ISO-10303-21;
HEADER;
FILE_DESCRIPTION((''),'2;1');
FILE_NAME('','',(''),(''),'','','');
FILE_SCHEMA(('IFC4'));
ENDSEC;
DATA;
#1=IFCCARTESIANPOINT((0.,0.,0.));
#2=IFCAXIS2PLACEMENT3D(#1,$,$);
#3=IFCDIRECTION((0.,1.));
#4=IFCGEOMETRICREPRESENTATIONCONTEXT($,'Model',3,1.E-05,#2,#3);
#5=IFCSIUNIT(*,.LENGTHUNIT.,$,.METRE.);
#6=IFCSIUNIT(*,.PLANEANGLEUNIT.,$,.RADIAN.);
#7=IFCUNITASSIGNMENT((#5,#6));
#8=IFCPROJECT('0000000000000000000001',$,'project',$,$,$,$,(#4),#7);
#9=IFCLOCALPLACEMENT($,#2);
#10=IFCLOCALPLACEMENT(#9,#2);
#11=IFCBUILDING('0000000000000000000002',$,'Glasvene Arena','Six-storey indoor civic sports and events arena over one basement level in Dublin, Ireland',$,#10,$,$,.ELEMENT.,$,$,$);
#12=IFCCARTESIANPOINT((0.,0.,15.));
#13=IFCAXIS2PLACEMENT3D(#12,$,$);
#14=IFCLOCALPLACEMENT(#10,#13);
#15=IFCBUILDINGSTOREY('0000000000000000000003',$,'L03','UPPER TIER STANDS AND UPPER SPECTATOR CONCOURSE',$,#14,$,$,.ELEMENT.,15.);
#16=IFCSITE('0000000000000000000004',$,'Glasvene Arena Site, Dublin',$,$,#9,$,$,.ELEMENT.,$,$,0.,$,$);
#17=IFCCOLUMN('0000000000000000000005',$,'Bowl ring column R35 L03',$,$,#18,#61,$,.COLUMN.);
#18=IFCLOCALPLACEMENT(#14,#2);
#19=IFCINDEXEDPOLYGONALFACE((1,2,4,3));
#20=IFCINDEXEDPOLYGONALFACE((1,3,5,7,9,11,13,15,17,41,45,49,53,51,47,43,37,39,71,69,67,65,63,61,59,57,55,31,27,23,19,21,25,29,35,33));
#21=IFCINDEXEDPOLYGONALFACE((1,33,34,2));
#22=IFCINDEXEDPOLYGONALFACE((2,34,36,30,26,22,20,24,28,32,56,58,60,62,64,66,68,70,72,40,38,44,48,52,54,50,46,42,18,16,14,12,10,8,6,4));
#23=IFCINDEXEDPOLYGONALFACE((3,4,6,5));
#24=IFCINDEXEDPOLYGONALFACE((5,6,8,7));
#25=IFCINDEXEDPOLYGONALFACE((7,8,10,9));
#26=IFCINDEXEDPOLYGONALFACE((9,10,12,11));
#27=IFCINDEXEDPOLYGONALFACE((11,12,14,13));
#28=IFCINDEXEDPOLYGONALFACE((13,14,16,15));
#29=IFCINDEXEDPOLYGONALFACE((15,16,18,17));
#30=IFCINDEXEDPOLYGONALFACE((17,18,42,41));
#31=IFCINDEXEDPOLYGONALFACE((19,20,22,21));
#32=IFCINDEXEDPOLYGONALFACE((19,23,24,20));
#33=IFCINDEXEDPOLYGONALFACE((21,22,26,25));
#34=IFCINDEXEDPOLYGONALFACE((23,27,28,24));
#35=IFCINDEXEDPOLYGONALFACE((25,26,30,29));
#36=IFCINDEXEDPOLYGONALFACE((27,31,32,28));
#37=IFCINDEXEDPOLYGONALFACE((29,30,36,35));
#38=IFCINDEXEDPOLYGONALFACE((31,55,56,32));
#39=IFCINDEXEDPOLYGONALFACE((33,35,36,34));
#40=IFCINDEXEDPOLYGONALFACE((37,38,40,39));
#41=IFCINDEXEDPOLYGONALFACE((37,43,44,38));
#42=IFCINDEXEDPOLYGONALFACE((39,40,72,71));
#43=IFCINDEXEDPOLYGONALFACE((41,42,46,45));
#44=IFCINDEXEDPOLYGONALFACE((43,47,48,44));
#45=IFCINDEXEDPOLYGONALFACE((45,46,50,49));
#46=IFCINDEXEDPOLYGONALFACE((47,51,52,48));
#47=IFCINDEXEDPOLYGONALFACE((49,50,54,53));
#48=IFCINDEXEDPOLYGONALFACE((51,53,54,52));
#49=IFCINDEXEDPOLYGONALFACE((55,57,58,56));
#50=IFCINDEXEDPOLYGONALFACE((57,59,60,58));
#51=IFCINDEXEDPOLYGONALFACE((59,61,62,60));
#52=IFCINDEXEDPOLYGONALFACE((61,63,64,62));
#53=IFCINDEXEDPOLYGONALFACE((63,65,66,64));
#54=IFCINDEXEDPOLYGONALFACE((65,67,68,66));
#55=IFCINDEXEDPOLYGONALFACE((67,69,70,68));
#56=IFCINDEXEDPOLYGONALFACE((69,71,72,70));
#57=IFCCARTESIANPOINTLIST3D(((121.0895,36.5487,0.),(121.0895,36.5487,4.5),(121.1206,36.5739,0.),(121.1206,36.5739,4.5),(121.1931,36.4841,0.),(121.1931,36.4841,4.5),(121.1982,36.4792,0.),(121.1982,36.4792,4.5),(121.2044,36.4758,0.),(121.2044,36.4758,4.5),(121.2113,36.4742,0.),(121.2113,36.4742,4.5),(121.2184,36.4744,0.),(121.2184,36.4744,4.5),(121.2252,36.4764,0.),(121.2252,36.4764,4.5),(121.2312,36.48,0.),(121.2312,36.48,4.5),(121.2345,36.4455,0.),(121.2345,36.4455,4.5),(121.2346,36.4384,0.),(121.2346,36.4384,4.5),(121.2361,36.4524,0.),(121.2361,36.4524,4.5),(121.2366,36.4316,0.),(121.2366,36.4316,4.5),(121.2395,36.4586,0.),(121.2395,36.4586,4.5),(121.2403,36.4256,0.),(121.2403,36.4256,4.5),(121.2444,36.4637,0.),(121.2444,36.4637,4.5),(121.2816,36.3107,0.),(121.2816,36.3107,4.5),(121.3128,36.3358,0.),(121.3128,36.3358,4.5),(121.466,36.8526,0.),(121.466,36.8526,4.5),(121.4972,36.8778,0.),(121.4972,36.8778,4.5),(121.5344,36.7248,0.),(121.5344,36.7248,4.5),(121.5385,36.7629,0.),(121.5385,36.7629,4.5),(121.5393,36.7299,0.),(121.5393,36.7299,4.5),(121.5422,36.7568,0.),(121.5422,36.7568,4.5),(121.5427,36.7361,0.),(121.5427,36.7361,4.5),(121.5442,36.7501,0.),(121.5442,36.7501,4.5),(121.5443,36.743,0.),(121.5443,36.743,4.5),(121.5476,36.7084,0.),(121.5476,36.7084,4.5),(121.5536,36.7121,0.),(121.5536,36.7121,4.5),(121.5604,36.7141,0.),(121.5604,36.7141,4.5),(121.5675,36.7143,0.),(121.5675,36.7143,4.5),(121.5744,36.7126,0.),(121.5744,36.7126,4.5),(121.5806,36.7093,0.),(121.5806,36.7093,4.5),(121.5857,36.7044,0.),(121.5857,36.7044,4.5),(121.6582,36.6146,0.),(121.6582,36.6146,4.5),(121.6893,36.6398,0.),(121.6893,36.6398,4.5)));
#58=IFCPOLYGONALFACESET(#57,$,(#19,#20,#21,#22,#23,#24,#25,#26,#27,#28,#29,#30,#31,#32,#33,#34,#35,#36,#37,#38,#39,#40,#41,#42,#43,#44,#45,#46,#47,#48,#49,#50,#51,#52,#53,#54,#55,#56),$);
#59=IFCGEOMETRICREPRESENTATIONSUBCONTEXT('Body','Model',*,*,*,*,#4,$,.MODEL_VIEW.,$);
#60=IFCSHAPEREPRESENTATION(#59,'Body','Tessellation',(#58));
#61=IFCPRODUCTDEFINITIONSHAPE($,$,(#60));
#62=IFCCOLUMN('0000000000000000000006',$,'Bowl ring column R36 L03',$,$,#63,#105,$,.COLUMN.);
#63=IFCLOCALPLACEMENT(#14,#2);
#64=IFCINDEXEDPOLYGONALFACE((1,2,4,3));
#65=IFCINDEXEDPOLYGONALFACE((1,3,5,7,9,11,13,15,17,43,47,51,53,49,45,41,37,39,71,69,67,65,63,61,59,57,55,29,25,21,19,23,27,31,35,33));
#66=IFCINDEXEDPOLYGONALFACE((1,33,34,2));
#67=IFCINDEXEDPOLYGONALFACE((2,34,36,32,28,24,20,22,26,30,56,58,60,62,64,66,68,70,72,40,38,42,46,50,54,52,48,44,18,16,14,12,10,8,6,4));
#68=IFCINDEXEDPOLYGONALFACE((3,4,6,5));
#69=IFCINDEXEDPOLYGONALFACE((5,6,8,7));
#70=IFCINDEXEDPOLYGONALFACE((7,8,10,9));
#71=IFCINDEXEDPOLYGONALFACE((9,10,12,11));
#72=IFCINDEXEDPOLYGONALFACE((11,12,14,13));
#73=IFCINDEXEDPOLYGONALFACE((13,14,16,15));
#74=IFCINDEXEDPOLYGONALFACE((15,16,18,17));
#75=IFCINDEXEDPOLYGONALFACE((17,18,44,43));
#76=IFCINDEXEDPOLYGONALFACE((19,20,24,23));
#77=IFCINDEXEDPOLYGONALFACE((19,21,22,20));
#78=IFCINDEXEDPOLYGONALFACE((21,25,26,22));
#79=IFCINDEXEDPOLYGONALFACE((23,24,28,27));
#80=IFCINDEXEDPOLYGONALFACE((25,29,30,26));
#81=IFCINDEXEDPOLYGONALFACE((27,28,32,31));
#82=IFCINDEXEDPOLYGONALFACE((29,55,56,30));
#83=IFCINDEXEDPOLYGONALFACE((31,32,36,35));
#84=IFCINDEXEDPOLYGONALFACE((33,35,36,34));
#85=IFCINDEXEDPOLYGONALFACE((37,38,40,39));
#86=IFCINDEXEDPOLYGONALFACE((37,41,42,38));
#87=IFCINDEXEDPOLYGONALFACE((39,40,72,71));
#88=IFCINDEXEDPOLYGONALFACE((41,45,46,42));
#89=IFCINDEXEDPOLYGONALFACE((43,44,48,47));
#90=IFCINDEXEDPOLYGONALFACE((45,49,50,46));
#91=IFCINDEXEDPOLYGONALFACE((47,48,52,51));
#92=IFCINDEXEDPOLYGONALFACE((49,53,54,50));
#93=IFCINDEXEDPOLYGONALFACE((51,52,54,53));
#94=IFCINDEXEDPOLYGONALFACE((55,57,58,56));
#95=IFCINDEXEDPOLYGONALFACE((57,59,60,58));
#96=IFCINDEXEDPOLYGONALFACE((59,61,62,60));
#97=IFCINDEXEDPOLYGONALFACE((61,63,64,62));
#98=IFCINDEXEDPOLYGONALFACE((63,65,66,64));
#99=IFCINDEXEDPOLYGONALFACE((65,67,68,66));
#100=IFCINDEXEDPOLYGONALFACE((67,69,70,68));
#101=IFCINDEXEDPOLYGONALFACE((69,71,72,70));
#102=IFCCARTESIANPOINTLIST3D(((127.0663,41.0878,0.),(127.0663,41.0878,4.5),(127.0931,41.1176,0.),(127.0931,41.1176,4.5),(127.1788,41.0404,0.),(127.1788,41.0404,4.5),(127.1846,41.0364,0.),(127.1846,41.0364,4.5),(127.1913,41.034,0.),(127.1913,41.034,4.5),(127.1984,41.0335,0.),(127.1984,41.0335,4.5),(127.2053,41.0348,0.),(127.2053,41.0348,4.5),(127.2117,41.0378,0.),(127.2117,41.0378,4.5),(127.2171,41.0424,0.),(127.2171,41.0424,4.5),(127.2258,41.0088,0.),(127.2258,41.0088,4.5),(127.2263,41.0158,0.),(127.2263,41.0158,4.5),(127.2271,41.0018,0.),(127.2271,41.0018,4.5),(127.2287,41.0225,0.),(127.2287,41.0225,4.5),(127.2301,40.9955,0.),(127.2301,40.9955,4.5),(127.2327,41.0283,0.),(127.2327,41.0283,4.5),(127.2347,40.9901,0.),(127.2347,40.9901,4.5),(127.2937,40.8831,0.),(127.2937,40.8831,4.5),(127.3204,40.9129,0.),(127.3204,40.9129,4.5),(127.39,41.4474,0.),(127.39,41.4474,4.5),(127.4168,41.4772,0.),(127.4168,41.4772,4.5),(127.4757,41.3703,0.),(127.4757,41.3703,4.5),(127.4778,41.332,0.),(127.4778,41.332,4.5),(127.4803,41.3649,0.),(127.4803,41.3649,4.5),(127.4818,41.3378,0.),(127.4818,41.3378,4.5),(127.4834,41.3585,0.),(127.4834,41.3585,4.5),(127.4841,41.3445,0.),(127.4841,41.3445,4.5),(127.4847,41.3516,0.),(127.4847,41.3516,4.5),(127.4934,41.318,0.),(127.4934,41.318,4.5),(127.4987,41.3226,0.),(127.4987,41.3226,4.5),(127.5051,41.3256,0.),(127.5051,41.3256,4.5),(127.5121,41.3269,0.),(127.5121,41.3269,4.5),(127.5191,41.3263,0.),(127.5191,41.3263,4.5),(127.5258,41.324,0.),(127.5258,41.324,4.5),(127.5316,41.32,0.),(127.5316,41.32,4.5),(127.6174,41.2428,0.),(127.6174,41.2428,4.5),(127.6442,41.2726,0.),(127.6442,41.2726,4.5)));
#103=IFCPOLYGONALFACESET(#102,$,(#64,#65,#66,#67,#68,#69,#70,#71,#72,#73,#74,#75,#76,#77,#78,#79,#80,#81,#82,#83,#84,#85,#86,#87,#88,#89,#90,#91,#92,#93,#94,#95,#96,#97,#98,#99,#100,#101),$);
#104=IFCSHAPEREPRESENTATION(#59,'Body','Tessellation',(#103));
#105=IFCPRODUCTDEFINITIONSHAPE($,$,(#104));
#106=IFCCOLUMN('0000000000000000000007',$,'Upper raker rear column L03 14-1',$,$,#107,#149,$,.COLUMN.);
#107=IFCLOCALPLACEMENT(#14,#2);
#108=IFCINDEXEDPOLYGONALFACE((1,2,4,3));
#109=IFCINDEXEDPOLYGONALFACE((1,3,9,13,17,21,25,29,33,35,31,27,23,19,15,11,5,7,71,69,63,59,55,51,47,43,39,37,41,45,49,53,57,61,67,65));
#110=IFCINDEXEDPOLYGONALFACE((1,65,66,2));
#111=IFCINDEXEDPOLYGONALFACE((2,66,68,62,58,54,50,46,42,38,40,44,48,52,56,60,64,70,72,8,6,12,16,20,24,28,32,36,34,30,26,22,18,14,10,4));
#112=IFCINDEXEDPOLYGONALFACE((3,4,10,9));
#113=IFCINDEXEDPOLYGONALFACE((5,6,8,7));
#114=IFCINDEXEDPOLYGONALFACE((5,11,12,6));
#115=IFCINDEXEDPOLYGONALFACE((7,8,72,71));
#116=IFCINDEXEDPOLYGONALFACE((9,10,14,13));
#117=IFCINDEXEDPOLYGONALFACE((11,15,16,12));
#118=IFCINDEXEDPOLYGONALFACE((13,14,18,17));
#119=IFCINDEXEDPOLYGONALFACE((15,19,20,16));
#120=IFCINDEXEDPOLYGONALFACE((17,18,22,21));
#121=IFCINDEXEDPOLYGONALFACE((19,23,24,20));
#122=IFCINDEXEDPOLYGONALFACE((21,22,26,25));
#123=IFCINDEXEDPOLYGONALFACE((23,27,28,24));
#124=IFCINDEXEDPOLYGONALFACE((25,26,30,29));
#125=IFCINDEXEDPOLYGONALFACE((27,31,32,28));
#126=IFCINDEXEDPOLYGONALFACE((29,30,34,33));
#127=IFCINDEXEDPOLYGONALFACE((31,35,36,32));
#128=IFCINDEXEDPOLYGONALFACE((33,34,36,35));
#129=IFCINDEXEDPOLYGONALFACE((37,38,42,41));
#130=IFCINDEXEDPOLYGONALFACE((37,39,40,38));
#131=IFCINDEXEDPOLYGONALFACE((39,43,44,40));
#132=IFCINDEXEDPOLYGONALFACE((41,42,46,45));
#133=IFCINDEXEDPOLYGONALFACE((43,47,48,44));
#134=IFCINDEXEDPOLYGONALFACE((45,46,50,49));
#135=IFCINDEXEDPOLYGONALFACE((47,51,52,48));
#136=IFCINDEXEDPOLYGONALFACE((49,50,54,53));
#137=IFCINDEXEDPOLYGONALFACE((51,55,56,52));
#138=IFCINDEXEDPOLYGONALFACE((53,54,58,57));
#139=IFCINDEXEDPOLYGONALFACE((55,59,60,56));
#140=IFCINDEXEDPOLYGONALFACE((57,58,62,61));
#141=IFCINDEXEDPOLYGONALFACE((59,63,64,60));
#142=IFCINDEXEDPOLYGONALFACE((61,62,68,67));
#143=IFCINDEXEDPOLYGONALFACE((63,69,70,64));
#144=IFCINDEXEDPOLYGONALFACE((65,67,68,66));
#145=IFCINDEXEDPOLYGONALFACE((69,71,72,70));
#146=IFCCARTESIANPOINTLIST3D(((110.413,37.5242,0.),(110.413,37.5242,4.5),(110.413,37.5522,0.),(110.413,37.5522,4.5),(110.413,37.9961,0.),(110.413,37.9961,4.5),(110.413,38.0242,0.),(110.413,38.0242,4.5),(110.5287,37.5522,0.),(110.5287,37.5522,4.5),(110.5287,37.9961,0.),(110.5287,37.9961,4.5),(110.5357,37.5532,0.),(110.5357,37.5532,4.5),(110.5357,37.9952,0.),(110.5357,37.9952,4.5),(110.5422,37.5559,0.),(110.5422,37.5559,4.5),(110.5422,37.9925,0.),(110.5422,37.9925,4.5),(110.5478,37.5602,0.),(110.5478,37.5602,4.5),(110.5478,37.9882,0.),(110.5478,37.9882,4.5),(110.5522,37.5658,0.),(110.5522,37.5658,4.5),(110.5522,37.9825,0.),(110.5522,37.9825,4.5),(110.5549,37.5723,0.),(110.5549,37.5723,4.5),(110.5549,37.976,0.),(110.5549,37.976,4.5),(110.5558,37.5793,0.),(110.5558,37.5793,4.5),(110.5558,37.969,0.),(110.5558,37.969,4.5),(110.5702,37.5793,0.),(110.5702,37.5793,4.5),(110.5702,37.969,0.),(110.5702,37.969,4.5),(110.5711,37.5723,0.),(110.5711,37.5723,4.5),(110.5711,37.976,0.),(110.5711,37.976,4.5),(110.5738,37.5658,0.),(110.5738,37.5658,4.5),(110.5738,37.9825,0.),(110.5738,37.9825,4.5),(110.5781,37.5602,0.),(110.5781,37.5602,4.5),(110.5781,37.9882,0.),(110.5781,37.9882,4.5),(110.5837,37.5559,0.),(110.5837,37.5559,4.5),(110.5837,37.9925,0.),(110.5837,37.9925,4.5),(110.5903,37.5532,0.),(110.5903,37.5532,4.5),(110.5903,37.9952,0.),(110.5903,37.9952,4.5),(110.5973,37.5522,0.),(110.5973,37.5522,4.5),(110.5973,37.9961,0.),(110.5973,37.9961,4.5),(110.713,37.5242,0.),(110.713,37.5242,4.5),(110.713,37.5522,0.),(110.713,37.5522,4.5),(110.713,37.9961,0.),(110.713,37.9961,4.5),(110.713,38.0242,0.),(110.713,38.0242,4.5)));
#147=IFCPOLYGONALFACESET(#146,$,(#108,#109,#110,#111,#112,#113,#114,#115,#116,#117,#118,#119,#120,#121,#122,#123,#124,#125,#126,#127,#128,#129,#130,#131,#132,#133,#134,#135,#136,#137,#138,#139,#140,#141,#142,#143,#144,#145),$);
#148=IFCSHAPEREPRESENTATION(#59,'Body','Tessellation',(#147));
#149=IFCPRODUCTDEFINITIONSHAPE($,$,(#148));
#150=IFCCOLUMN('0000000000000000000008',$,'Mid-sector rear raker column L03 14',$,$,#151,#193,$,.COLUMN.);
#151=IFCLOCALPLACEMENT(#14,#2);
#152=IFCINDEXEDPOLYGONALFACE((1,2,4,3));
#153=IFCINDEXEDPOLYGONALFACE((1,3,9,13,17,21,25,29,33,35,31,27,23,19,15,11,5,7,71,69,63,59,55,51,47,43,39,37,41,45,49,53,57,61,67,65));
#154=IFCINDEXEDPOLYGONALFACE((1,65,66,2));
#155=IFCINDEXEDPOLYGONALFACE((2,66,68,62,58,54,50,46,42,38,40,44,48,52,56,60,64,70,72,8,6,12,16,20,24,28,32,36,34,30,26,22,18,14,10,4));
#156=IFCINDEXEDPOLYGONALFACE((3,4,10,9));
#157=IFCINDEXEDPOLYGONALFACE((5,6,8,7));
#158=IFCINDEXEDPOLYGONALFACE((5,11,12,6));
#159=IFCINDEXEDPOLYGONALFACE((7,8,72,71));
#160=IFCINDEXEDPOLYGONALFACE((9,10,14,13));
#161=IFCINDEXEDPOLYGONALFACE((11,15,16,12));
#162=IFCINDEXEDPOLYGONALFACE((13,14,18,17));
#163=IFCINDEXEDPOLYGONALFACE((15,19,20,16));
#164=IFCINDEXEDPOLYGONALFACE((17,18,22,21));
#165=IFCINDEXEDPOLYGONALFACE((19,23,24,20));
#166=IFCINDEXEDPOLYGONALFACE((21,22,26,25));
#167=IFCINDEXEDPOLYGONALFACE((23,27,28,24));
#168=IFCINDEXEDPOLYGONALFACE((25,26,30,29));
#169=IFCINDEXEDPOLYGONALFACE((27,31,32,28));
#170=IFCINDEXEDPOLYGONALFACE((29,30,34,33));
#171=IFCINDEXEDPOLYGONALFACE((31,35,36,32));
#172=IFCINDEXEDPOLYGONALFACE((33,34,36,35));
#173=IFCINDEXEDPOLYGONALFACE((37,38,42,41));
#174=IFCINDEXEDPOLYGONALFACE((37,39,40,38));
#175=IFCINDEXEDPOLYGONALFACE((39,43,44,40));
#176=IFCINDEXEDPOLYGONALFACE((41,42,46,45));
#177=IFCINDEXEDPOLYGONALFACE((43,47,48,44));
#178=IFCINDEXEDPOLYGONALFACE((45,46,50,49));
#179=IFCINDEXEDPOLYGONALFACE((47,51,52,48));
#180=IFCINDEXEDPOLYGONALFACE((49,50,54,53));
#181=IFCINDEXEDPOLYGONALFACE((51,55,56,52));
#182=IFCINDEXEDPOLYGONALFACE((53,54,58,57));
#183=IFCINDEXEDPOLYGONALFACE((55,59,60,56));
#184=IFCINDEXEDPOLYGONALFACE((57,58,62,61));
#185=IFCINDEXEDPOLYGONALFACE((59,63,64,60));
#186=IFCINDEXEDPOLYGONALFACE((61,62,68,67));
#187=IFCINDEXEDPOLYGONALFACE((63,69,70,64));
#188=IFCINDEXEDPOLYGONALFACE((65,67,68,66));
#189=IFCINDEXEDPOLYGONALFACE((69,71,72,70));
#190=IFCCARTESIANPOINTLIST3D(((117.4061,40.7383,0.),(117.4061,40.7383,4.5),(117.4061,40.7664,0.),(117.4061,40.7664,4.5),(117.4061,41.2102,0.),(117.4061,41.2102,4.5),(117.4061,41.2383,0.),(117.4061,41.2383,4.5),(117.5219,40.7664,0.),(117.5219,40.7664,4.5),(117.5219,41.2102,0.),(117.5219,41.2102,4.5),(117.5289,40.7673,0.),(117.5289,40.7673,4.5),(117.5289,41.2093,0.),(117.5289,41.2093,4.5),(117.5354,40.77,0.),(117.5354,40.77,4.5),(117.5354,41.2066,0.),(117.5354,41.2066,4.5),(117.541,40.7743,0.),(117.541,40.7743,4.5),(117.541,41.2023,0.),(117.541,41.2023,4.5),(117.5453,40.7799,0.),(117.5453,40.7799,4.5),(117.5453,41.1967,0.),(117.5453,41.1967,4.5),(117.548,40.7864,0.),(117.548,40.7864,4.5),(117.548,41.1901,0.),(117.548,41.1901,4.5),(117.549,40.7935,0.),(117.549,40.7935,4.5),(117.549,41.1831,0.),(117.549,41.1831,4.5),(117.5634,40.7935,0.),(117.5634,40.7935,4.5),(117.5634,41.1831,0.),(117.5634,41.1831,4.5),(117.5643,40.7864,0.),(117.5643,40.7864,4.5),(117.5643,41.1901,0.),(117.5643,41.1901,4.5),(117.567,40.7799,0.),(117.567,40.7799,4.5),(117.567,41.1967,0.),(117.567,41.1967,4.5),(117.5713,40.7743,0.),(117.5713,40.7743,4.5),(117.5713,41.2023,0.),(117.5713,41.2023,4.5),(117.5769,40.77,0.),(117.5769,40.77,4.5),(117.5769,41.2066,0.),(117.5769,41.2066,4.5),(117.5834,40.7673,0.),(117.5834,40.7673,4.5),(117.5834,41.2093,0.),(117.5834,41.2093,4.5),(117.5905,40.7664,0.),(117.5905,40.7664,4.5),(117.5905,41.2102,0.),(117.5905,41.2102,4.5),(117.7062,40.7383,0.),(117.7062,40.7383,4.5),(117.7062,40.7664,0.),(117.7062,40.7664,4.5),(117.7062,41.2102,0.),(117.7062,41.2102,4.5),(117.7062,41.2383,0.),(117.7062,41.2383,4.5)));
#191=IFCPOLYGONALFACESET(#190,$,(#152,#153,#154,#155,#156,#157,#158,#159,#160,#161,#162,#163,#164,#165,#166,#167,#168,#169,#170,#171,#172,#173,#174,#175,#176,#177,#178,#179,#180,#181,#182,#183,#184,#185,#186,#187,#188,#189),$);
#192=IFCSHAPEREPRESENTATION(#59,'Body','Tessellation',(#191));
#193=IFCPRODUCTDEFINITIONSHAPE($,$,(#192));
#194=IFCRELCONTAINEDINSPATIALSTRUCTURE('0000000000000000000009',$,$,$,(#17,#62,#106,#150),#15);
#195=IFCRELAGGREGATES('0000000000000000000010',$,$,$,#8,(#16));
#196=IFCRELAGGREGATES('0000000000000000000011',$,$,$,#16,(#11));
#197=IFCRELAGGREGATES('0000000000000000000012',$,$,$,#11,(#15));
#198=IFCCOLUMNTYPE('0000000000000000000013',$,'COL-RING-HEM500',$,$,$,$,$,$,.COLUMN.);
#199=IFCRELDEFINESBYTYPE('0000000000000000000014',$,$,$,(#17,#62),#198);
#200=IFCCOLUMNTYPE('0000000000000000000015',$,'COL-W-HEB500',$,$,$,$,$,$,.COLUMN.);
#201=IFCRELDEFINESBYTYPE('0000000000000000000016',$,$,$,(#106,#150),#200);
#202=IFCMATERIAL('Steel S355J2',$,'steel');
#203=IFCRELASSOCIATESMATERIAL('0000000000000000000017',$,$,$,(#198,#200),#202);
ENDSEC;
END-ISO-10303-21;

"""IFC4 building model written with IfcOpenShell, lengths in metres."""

from ifc_helpers import new_model, si_unit, direction, frame, origin, origin_2d, place, context, subcontext, project, spatial, i_section, extrude, material, material_profile, profile_set, type_object, element, save


model = new_model("IFC4")

# Units and contexts
model_context = context("Model", 3, precision=1e-05, world=origin(), true_north=direction((0.0, 1.0)))
body_context = subcontext(model_context, "Body", "Model", "MODEL_VIEW")
ifc_project = project(units=[si_unit("LENGTHUNIT", "METRE"), si_unit("PLANEANGLEUNIT", "RADIAN")], contexts=[model_context])

# Site, building, storey
site_placement = place(None, origin())
site = spatial("IfcSite", under=ifc_project, at=site_placement, Name="Glasvene Arena Site, Dublin", CompositionType="ELEMENT", RefElevation=0.0)
building_placement = place(site_placement, origin())
building = spatial("IfcBuilding", under=site, at=building_placement, Name="Glasvene Arena", Description="Six-storey indoor civic sports and events arena over one basement level in Dublin, Ireland", CompositionType="ELEMENT")
storey_placement = place(building_placement, frame((0.0, 0.0, 15.0)))
storey = spatial("IfcBuildingStorey", under=building, at=storey_placement, Name="L03", Description="UPPER TIER STANDS AND UPPER SPECTATOR CONCOURSE", CompositionType="ELEMENT", Elevation=15.0)

# Columns
ifc_material_1 = material(Name="Steel S355J2", Category="steel")
ifc_material_profile_1 = material_profile(ifc_material_1, i_section(OverallWidth=0.3059, OverallDepth=0.5239, WebThickness=0.021, FlangeThickness=0.04, FilletRadius=0.0271, at=origin_2d()), Name="HEM 500")
ifc_profile_set_1 = profile_set([ifc_material_profile_1], Name="Steel S355J2")
column_type_1 = type_object("IfcColumnType", Name="COL-RING-HEM500", PredefinedType="COLUMN", material=ifc_profile_set_1)
for number, where, z_axis, x_axis, name in (
    (1, (121.3894, 36.5942, 0.0), (0.0, 0.0, 1.0), (0.628099, -0.778134, 0.0), "Bowl ring column R35 L03"),
    (2, (127.3552, 41.1802, 0.0), (0.0, 0.0, 1.0), (0.743262, -0.669001, 0.0), "Bowl ring column R36 L03"),
):
    element("IfcColumn", number, at=place(storey_placement, frame(where, z_axis=z_axis, x_axis=x_axis)), inside=storey, type_object=column_type_1, Name=name, PredefinedType="COLUMN", context=body_context, shape_type="SweptSolid", body=[
        extrude(i_section(OverallWidth=0.3059, OverallDepth=0.5239, WebThickness=0.021, FlangeThickness=0.04, FilletRadius=0.0271, at=origin_2d()), origin(), (0.0, 0.0, 1.0), 4.5),
    ])
ifc_material_profile_2 = material_profile(ifc_material_1, i_section(OverallWidth=0.3, OverallDepth=0.5, WebThickness=0.0144, FlangeThickness=0.0281, FilletRadius=0.0271, at=origin_2d()), Name="HEB 500")
ifc_profile_set_2 = profile_set([ifc_material_profile_2], Name="Steel S355J2")
column_type_2 = type_object("IfcColumnType", Name="COL-W-HEB500", PredefinedType="COLUMN", material=ifc_profile_set_2)
for number, where, z_axis, x_axis, name in (
    (3, (110.563, 37.7742, 0.0), (0.0, 0.0, 1.0), (1.0, 0.0, 0.0), "Upper raker rear column L03 14-1"),
    (4, (117.5562, 40.9883, 0.0), (0.0, 0.0, 1.0), (1.0, 0.0, 0.0), "Mid-sector rear raker column L03 14"),
):
    element("IfcColumn", number, at=place(storey_placement, frame(where, z_axis=z_axis, x_axis=x_axis)), inside=storey, type_object=column_type_2, Name=name, PredefinedType="COLUMN", context=body_context, shape_type="SweptSolid", body=[
        extrude(i_section(OverallWidth=0.3, OverallDepth=0.5, WebThickness=0.0144, FlangeThickness=0.0281, FilletRadius=0.0271, at=origin_2d()), origin(), (0.0, 0.0, 1.0), 4.5),
    ])

save(model, "model.ifc")
